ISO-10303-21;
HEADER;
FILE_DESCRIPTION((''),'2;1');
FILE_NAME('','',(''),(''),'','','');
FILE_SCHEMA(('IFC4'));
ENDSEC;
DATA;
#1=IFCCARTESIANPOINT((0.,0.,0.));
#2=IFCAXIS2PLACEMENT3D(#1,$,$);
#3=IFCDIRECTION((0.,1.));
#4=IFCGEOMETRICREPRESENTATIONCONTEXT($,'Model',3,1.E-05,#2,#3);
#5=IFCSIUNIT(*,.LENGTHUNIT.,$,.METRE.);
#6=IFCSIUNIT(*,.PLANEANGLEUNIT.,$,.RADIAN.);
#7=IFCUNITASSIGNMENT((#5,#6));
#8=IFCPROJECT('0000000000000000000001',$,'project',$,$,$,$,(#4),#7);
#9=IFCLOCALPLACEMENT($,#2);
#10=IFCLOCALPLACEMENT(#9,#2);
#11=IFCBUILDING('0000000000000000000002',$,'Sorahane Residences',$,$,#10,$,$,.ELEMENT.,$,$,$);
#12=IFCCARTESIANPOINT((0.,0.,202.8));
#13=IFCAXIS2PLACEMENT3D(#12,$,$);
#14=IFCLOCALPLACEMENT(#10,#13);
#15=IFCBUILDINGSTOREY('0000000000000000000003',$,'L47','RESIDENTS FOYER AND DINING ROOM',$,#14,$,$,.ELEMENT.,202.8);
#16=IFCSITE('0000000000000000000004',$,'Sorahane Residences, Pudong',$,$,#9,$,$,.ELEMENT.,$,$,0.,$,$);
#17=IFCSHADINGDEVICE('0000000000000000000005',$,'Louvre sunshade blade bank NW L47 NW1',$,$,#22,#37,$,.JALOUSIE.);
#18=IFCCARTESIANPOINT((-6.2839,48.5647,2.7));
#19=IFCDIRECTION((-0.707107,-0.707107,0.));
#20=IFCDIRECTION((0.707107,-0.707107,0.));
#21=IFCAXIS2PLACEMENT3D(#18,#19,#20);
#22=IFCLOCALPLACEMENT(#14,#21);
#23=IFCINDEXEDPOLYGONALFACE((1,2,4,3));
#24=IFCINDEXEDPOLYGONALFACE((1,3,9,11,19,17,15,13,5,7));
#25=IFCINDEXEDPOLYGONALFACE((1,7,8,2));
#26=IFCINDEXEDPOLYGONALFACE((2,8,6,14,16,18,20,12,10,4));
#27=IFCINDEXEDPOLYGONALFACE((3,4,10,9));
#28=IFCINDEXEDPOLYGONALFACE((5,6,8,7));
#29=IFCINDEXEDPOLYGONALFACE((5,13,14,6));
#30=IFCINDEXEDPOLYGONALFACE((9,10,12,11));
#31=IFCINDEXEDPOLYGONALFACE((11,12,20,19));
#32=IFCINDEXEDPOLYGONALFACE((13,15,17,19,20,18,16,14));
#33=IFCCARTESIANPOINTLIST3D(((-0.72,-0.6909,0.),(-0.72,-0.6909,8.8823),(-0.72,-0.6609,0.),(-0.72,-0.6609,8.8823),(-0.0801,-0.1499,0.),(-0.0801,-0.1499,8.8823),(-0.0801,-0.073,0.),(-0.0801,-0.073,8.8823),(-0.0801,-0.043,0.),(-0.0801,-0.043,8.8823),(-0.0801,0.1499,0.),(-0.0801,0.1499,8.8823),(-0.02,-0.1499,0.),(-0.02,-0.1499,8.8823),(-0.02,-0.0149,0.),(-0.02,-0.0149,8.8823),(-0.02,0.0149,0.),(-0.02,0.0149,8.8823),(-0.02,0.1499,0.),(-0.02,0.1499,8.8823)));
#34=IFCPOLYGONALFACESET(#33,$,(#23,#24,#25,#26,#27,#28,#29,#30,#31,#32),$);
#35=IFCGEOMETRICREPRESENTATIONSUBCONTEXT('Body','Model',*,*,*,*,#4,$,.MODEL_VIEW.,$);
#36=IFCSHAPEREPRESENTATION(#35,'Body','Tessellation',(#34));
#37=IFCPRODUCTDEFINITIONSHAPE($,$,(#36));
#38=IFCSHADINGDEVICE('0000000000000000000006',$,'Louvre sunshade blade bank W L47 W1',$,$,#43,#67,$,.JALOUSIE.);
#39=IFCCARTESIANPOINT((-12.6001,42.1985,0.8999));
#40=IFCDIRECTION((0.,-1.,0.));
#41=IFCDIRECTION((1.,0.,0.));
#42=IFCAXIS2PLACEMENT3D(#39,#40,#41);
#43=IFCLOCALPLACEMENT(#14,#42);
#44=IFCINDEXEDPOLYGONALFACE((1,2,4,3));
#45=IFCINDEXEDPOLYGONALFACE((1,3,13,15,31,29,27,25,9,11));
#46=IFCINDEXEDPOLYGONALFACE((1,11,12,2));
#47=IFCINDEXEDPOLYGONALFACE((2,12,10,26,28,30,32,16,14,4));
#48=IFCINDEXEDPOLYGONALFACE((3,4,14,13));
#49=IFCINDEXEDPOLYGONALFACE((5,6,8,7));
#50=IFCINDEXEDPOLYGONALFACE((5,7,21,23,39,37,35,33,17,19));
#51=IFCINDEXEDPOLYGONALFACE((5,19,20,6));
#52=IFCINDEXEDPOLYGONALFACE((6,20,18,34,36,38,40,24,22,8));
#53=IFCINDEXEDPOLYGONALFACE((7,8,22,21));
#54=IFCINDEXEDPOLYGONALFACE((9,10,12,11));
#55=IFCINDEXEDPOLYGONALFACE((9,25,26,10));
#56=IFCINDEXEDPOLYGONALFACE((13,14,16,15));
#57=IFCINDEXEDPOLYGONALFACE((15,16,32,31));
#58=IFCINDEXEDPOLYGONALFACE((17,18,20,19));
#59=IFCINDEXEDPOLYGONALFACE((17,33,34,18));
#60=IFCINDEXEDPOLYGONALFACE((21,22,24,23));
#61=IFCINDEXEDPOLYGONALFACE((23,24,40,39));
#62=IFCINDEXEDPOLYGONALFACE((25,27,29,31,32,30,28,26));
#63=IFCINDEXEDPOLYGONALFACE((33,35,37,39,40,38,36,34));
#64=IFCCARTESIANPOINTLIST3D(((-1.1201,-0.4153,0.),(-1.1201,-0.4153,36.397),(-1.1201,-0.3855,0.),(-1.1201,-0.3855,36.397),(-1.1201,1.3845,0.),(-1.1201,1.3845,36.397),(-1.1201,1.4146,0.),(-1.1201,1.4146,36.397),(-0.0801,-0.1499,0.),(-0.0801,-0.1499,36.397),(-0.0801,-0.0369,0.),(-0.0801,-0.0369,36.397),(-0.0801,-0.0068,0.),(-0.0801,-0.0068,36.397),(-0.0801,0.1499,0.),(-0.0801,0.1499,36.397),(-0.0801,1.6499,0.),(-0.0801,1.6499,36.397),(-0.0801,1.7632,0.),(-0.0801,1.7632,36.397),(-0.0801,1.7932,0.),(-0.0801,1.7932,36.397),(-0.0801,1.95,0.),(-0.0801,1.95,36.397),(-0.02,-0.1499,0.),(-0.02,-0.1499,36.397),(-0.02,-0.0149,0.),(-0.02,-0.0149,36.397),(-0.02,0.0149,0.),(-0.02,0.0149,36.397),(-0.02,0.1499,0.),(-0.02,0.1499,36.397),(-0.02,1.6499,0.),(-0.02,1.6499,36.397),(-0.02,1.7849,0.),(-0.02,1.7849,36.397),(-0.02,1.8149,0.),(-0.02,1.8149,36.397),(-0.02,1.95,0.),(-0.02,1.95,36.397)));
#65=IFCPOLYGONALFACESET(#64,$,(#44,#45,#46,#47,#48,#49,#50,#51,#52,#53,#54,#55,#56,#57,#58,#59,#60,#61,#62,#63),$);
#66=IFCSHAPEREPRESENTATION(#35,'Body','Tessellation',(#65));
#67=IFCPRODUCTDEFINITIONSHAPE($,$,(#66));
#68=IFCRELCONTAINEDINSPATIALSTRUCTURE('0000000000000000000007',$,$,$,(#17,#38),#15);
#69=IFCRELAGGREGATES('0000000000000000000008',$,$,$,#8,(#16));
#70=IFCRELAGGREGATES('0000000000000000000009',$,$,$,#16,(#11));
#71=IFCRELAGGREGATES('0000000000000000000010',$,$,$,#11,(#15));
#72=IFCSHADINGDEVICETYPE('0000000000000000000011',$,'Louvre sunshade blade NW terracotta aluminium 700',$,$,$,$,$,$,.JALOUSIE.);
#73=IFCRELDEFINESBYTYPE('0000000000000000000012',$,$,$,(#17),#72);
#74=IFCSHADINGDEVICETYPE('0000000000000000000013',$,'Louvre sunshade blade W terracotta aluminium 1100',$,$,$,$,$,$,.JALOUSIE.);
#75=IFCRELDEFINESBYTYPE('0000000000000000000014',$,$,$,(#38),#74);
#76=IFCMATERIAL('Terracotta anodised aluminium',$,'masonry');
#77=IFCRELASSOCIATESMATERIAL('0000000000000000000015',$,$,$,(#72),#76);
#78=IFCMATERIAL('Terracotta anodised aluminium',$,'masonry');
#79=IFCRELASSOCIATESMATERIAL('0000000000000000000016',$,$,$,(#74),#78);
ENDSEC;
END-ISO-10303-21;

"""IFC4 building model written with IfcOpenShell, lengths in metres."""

from ifc_helpers import new_model, si_unit, direction, frame, origin, place, context, subcontext, project, spatial, polyline, outline, composite_profile, extrude, material, type_object, element, save


model = new_model("IFC4")

# Units and contexts
model_context = context("Model", 3, precision=1e-05, world=origin(), true_north=direction((0.0, 1.0)))
body_context = subcontext(model_context, "Body", "Model", "MODEL_VIEW")
ifc_project = project(units=[si_unit("LENGTHUNIT", "METRE"), si_unit("PLANEANGLEUNIT", "RADIAN")], contexts=[model_context])

# Site, building, storey
site_placement = place(None, origin())
site = spatial("IfcSite", under=ifc_project, at=site_placement, Name="Sorahane Residences, Pudong", CompositionType="ELEMENT", RefElevation=0.0)
building_placement = place(site_placement, origin())
building = spatial("IfcBuilding", under=site, at=building_placement, Name="Sorahane Residences", CompositionType="ELEMENT")
storey_placement = place(building_placement, frame((0.0, 0.0, 202.8)))
storey = spatial("IfcBuildingStorey", under=building, at=storey_placement, Name="L47", Description="RESIDENTS FOYER AND DINING ROOM", CompositionType="ELEMENT", Elevation=202.8)

# Shading devices
ifc_material_1 = material(Name="Terracotta anodised aluminium", Category="masonry")
shading_device_type_1 = type_object("IfcShadingDeviceType", Name="Louvre sunshade blade NW terracotta aluminium 700", PredefinedType="JALOUSIE", material=ifc_material_1)
shading_device_1_placement = place(storey_placement, frame((-6.2839, 48.5647, 2.7), z_axis=(-0.707107, -0.707107, 0.0), x_axis=(0.707107, -0.707107, 0.0)))
element("IfcShadingDevice", 1, at=shading_device_1_placement, inside=storey, type_object=shading_device_type_1, Name="Louvre sunshade blade bank NW L47 NW1", PredefinedType="JALOUSIE", context=body_context, shape_type="SweptSolid", body=[
    extrude(outline(polyline([(-0.72, -0.6609), (-0.72, -0.6909), (-0.0801, -0.073), (-0.0801, -0.1499), (-0.02, -0.1499), (-0.02, -0.0149), (-0.02, 0.0149), (-0.02, 0.1499), (-0.0801, 0.1499), (-0.0801, -0.043), (-0.72, -0.6609)])), origin(), (0.0, 0.0, 1.0), 8.8823),
])
ifc_material_2 = material(Name="Terracotta anodised aluminium", Category="masonry")
shading_device_type_2 = type_object("IfcShadingDeviceType", Name="Louvre sunshade blade W terracotta aluminium 1100", PredefinedType="JALOUSIE", material=ifc_material_2)
shading_device_2_placement = place(storey_placement, frame((-12.6001, 42.1985, 0.8999), z_axis=(0.0, -1.0, 0.0), x_axis=(1.0, 0.0, 0.0)))
element("IfcShadingDevice", 2, at=shading_device_2_placement, inside=storey, type_object=shading_device_type_2, Name="Louvre sunshade blade bank W L47 W1", PredefinedType="JALOUSIE", context=body_context, shape_type="SweptSolid", body=[
    extrude(composite_profile([outline(polyline([(-1.1201, -0.3855), (-1.1201, -0.4153), (-0.0801, -0.0369), (-0.0801, -0.1499), (-0.02, -0.1499), (-0.02, -0.0149), (-0.02, 0.0149), (-0.02, 0.1499), (-0.0801, 0.1499), (-0.0801, -0.0068), (-1.1201, -0.3855)])), outline(polyline([(-1.1201, 1.4146), (-1.1201, 1.3845), (-0.0801, 1.7632), (-0.0801, 1.6499), (-0.02, 1.6499), (-0.02, 1.7849), (-0.02, 1.8149), (-0.02, 1.95), (-0.0801, 1.95), (-0.0801, 1.7932), (-1.1201, 1.4146)]))]), origin(), (0.0, 0.0, 1.0), 36.397),
])

save(model, "model.ifc")
